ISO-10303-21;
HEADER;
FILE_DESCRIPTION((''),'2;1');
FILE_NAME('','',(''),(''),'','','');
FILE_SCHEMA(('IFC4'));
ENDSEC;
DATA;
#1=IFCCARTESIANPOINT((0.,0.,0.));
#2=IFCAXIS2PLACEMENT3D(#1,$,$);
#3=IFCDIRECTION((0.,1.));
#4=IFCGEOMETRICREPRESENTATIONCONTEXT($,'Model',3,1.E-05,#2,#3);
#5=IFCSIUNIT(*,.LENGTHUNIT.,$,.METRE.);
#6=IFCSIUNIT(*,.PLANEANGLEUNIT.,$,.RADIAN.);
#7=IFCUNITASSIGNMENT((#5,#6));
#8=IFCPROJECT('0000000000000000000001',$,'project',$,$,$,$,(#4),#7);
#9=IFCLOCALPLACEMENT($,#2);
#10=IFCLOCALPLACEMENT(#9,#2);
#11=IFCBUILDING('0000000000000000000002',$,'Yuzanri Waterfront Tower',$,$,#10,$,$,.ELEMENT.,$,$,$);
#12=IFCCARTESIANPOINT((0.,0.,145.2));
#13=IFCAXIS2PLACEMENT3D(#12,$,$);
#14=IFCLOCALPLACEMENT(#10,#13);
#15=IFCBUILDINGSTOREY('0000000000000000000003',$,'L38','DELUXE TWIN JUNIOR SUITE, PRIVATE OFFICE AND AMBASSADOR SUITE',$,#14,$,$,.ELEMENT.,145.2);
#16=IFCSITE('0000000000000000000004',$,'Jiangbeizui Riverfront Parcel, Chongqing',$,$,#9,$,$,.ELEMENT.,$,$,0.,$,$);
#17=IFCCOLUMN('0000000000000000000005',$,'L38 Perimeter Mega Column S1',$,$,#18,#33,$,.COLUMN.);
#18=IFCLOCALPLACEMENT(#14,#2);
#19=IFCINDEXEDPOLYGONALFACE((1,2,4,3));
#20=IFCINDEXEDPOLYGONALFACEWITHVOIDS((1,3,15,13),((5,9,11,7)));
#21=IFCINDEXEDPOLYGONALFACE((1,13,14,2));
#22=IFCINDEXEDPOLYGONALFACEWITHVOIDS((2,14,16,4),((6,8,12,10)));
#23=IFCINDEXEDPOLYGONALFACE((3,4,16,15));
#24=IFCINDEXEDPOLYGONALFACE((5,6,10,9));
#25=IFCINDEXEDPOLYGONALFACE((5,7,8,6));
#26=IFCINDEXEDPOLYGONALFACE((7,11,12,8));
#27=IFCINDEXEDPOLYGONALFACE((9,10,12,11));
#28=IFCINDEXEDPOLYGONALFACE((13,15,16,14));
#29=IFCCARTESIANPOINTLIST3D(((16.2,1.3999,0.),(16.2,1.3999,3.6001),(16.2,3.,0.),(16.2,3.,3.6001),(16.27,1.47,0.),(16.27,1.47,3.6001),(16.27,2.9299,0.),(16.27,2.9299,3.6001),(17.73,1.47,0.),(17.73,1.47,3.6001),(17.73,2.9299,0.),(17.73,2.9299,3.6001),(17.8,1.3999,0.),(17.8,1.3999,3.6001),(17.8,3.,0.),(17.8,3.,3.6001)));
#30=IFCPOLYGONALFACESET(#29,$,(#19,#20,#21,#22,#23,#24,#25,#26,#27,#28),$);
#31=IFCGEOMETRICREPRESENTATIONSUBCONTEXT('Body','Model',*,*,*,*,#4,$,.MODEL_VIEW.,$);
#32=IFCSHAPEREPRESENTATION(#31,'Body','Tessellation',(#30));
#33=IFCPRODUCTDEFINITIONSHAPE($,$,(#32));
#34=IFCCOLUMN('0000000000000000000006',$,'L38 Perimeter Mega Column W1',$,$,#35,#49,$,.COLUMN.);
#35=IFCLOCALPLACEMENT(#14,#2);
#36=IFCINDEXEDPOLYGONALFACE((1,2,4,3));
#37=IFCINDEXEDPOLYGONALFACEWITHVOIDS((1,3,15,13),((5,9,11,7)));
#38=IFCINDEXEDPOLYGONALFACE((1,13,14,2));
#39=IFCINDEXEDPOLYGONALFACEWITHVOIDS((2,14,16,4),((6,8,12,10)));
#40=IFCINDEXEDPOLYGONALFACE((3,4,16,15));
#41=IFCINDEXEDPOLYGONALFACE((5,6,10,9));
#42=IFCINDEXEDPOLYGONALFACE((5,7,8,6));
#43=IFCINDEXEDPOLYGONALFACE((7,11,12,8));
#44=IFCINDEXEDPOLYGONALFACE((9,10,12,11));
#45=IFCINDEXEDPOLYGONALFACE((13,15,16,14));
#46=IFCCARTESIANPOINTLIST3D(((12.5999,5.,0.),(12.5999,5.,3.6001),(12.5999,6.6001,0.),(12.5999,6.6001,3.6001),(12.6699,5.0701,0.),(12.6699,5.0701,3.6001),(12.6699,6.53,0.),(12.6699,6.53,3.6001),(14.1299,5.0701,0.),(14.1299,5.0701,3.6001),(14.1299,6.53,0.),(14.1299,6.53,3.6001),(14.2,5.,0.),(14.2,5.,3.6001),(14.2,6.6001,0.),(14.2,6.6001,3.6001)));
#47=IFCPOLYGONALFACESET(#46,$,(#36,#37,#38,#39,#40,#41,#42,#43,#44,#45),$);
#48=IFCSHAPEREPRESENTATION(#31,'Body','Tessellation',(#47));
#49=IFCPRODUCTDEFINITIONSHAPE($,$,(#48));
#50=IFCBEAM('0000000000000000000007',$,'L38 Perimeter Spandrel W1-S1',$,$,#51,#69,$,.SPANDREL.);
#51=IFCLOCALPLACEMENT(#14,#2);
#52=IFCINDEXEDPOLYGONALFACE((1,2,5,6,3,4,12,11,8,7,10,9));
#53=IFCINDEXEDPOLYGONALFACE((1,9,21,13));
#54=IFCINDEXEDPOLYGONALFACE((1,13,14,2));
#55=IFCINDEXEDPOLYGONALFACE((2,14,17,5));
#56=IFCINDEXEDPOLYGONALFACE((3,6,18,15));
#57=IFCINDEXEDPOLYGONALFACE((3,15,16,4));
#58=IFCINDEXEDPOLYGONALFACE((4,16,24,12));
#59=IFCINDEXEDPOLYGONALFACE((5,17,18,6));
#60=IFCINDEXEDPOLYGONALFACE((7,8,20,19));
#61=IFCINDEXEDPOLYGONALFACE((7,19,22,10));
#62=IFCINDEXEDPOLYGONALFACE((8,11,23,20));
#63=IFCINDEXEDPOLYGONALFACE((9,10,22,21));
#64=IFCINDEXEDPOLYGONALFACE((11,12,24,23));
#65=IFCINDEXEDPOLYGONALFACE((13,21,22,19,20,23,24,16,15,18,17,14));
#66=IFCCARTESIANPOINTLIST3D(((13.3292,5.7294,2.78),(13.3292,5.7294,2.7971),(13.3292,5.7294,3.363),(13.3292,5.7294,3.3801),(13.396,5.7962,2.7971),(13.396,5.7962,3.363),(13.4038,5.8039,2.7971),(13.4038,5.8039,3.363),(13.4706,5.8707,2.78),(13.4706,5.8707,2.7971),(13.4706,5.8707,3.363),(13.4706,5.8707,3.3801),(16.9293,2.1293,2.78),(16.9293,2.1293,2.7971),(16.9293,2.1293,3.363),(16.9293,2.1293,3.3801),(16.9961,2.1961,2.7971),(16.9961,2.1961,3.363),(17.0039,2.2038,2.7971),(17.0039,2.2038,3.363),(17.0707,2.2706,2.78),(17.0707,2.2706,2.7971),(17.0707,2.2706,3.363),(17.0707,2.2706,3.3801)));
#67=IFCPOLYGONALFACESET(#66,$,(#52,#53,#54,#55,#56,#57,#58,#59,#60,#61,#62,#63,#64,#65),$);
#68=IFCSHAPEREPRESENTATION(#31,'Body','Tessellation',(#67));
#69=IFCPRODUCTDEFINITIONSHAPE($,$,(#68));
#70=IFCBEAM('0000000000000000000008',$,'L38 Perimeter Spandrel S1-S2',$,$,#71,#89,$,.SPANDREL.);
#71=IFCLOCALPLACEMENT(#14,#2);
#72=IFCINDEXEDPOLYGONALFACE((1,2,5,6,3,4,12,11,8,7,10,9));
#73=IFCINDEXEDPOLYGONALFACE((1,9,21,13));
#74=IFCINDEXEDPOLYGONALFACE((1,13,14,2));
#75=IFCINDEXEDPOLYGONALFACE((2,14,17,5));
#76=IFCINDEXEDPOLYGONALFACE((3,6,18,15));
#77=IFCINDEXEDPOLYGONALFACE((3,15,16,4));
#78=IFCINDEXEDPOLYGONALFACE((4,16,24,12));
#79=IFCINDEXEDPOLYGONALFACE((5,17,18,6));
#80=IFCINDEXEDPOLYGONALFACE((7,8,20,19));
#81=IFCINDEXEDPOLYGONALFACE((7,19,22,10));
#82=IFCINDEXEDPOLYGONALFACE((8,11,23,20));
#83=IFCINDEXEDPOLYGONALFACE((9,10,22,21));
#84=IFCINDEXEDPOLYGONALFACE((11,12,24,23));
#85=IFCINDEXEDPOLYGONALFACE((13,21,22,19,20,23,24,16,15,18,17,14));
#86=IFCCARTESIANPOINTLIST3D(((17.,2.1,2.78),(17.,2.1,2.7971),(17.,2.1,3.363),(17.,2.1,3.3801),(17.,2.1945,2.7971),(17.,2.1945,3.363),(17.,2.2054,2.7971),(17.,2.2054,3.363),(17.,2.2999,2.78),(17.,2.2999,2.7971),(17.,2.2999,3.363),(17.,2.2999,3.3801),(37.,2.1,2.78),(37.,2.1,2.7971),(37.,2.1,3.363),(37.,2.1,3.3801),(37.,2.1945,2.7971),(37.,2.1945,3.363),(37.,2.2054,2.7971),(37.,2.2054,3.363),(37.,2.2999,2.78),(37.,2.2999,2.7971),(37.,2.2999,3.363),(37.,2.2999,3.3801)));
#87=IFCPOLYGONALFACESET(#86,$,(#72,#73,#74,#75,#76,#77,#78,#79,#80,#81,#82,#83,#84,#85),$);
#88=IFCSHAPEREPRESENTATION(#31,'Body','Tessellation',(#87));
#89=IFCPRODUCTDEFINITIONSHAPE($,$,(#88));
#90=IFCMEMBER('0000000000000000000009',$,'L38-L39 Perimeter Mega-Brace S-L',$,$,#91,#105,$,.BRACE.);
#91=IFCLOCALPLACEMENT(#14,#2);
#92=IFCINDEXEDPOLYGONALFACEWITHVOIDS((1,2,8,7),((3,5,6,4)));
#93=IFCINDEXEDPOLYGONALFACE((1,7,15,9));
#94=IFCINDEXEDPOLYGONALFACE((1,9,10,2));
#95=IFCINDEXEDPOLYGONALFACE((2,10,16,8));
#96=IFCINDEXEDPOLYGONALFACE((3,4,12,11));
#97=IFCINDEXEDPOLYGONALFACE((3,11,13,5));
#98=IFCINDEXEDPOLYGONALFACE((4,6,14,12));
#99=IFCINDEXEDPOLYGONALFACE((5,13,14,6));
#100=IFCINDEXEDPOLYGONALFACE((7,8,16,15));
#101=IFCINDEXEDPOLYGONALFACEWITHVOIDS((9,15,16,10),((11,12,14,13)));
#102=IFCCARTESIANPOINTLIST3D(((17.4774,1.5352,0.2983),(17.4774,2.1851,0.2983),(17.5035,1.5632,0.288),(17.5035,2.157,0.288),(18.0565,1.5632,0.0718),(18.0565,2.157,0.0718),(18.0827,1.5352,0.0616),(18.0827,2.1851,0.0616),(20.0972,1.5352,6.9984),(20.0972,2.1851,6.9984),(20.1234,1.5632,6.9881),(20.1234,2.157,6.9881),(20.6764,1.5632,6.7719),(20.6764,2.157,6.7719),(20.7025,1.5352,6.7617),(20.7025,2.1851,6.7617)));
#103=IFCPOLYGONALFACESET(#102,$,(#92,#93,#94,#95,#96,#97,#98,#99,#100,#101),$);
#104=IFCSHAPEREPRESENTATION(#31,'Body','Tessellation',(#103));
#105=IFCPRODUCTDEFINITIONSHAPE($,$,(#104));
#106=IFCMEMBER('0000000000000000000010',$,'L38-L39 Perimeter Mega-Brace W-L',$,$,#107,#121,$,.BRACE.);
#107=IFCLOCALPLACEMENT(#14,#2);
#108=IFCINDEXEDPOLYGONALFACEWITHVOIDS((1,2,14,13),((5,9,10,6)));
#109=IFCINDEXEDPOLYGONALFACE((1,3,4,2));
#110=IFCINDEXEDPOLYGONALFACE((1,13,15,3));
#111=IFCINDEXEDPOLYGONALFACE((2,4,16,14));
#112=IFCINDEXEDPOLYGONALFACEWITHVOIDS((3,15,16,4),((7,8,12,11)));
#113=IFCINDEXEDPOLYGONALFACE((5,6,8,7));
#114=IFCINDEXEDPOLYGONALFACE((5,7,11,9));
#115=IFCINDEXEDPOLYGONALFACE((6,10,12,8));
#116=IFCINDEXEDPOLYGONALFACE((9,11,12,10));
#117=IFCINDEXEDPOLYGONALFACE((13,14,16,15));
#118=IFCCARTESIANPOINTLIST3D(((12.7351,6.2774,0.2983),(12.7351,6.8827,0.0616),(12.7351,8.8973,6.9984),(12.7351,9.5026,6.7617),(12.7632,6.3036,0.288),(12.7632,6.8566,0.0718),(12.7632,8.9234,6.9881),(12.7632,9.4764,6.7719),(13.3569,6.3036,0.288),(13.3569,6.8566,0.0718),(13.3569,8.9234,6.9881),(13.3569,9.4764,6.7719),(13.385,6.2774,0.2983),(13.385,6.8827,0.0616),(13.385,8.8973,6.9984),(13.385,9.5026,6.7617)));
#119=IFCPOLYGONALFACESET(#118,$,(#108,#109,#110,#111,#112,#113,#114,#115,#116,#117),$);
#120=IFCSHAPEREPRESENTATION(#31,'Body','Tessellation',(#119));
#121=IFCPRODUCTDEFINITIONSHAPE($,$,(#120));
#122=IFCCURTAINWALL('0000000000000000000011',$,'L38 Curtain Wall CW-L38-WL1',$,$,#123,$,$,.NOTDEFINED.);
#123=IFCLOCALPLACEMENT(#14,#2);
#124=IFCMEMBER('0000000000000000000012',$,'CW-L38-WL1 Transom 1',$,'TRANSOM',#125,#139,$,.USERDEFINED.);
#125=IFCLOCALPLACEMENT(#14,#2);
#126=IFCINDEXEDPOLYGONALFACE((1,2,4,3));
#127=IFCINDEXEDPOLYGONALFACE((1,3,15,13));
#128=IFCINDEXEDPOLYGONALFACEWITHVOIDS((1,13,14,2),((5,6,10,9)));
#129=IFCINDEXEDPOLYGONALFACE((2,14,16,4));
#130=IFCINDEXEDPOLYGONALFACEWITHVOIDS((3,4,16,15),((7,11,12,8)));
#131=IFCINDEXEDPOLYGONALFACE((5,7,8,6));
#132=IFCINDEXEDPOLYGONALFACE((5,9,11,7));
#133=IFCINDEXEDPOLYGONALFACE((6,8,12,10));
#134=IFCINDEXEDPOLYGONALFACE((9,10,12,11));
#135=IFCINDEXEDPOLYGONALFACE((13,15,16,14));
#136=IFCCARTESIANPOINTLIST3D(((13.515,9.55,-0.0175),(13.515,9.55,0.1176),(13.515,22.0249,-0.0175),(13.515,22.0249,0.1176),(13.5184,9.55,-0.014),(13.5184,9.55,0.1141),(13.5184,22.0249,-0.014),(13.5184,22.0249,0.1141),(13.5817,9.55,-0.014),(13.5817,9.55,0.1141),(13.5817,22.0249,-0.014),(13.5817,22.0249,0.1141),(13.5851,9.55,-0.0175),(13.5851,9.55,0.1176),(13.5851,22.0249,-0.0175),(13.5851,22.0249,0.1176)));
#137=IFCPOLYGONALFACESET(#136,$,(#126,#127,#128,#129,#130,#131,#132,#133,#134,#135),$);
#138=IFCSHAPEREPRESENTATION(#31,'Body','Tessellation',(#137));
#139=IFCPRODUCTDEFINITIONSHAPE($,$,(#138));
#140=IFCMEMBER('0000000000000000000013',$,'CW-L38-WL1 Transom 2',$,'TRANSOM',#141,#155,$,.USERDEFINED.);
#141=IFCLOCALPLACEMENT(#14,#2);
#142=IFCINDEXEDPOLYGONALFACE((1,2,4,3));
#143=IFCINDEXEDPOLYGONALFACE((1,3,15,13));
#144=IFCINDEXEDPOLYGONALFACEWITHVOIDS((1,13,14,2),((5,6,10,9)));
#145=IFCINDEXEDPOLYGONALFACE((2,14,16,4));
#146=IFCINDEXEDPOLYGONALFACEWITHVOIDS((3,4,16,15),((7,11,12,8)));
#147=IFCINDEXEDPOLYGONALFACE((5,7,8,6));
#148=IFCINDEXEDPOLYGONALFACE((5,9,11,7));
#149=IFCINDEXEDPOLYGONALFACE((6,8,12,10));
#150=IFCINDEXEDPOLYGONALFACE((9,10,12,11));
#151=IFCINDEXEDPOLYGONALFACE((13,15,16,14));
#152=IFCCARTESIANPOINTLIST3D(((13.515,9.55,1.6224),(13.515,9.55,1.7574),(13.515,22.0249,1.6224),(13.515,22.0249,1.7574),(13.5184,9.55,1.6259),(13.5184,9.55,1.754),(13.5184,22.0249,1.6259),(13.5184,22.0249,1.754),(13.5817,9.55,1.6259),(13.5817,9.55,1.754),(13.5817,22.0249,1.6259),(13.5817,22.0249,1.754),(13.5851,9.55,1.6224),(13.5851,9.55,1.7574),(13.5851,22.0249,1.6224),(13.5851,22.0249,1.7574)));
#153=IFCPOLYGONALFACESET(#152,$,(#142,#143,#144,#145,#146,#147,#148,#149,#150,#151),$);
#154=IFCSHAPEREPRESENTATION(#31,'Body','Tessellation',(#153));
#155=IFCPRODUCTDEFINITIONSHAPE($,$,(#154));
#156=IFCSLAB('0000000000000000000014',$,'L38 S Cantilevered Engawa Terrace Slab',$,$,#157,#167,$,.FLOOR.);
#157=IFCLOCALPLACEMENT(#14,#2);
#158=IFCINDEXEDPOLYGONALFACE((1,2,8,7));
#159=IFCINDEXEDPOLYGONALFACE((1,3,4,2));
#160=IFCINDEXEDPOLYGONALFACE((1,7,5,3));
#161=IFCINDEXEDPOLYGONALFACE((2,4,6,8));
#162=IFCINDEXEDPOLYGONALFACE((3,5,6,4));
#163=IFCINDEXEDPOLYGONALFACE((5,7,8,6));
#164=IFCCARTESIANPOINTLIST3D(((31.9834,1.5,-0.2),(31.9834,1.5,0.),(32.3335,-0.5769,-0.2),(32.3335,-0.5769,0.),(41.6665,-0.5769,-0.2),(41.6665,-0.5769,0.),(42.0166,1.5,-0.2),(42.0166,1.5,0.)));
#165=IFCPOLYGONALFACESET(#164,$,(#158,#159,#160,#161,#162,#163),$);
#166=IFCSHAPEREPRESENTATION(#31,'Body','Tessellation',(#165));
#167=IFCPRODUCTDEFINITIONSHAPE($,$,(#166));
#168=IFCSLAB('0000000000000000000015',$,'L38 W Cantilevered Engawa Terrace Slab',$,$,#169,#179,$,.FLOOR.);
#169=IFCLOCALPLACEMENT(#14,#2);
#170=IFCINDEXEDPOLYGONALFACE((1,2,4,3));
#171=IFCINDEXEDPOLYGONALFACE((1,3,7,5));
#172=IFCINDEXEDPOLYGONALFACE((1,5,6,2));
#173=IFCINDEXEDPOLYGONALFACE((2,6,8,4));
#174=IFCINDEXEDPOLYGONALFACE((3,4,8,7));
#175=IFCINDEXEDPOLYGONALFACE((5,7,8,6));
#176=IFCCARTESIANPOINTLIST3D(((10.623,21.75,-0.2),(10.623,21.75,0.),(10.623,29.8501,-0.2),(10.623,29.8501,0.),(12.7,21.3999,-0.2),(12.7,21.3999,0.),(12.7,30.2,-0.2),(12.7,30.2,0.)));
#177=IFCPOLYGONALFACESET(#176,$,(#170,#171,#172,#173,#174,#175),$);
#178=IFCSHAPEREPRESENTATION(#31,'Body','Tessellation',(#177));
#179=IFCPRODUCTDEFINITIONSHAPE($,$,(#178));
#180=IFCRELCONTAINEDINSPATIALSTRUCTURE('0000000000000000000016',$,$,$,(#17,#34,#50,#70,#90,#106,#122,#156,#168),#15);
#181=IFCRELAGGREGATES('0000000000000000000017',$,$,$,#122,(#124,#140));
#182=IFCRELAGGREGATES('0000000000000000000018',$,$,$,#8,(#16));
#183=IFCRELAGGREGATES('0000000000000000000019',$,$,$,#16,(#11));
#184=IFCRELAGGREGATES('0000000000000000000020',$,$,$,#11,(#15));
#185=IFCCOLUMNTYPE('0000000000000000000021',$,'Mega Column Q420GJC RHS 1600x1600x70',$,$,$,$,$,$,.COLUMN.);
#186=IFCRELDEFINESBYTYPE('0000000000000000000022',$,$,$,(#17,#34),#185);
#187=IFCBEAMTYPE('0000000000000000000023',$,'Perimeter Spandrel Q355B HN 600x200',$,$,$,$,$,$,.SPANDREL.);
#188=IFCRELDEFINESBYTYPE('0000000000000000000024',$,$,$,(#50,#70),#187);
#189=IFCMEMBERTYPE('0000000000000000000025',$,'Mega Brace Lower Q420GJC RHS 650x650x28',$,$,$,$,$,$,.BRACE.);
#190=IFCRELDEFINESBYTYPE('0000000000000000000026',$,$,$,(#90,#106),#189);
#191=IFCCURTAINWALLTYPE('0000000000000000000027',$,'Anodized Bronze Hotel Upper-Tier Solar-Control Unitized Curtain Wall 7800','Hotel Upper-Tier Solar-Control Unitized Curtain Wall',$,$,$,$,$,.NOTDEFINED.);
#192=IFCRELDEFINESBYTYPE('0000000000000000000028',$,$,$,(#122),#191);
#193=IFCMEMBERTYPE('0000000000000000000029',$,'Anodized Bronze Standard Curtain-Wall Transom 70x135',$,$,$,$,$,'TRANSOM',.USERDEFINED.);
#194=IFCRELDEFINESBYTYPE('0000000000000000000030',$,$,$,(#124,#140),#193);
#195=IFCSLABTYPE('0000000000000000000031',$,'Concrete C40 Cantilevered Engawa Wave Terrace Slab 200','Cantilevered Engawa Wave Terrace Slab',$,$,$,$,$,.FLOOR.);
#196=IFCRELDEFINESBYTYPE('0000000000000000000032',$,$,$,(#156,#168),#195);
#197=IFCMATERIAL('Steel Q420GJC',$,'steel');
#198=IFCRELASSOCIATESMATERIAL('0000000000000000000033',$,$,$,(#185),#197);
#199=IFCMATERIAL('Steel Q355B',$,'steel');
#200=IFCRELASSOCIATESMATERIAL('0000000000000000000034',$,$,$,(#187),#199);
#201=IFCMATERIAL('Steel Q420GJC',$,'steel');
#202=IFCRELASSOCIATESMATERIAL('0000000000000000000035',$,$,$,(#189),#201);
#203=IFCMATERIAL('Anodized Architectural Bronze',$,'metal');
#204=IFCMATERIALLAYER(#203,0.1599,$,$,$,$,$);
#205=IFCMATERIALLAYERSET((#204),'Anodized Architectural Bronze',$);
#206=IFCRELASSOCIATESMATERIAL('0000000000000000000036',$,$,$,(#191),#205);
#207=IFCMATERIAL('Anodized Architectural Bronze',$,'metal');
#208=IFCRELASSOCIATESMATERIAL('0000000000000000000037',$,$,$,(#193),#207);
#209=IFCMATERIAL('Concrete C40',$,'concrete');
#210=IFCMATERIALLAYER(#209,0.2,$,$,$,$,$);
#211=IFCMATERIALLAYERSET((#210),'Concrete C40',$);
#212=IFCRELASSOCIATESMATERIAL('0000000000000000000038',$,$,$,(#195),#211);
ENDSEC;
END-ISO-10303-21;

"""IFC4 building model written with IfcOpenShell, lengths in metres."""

from ifc_helpers import new_model, si_unit, direction, frame, origin, origin_2d, place, context, subcontext, project, spatial, polyline, hollow_rectangle, i_section, outline, extrude, source, transform, mapped, material, layer, layer_set, material_profile, profile_set, type_object, element, aggregate, save


model = new_model("IFC4")

# Units and contexts
model_context = context("Model", 3, precision=1e-05, world=origin(), true_north=direction((0.0, 1.0)))
body_context = subcontext(model_context, "Body", "Model", "MODEL_VIEW")
ifc_project = project(units=[si_unit("LENGTHUNIT", "METRE"), si_unit("PLANEANGLEUNIT", "RADIAN")], contexts=[model_context])

# Site, building, storey
site_placement = place(None, origin())
site = spatial("IfcSite", under=ifc_project, at=site_placement, Name="Jiangbeizui Riverfront Parcel, Chongqing", CompositionType="ELEMENT", RefElevation=0.0)
building_placement = place(site_placement, origin())
building = spatial("IfcBuilding", under=site, at=building_placement, Name="Yuzanri Waterfront Tower", CompositionType="ELEMENT")
storey_placement = place(building_placement, frame((0.0, 0.0, 145.2)))
storey = spatial("IfcBuildingStorey", under=building, at=storey_placement, Name="L38", Description="DELUXE TWIN JUNIOR SUITE, PRIVATE OFFICE AND AMBASSADOR SUITE", CompositionType="ELEMENT", Elevation=145.2)

# Columns
ifc_material_1 = material(Name="Steel Q420GJC", Category="steel")
ifc_material_profile_1 = material_profile(ifc_material_1, hollow_rectangle(XDim=1.6001, YDim=1.6001, WallThickness=0.0701, at=origin_2d()), Name="RHS 1600x1600x70")
ifc_profile_set_1 = profile_set([ifc_material_profile_1], Name="Steel Q420GJC")
column_type = type_object("IfcColumnType", Name="Mega Column Q420GJC RHS 1600x1600x70", PredefinedType="COLUMN", material=ifc_profile_set_1)
shared_shape_1 = source(origin(), body_context, "Body", "SweptSolid", [
    extrude(hollow_rectangle(XDim=1.6001, YDim=1.6001, WallThickness=0.0701, at=origin_2d()), origin(), (0.0, 0.0, 1.0), 3.6001),
])
for number, where, z_axis, x_axis, name in (
    (1, (17.0, 2.2, 0.0), (0.0, 0.0, 1.0), (1.0, 0.0, 0.0), "L38 Perimeter Mega Column S1"),
    (2, (13.3999, 5.8, 0.0), (0.0, 0.0, 1.0), (1.0, 0.0, 0.0), "L38 Perimeter Mega Column W1"),
):
    element("IfcColumn", number, at=place(storey_placement, frame(where, z_axis=z_axis, x_axis=x_axis)), inside=storey, type_object=column_type, Name=name, PredefinedType="COLUMN", context=body_context, shape_type="MappedRepresentation", body=[
        mapped(shared_shape_1, transform((0.0, 0.0, 0.0), scale=1.0)),
    ])

# Beams
ifc_material_2 = material(Name="Steel Q355B", Category="steel")
ifc_material_profile_2 = material_profile(ifc_material_2, i_section(OverallWidth=0.2, OverallDepth=0.6001, WebThickness=0.011, FlangeThickness=0.0171, at=origin_2d()), Name="HN 600x200x11x17")
ifc_profile_set_2 = profile_set([ifc_material_profile_2], Name="Steel Q355B")
beam_type = type_object("IfcBeamType", Name="Perimeter Spandrel Q355B HN 600x200", PredefinedType="SPANDREL", material=ifc_profile_set_2)
shared_shape_2 = source(origin(), body_context, "Body", "SweptSolid", [
    extrude(i_section(OverallWidth=0.2, OverallDepth=0.6001, WebThickness=0.011, FlangeThickness=0.0171, at=origin_2d()), origin(), (0.0, 0.0, 1.0), 5.0913),
])
beam_1_placement = place(storey_placement, frame((13.3999, 5.8, 3.0801), z_axis=(0.707107, -0.707107, 0.0), x_axis=(0.707107, 0.707107, 0.0)))
element("IfcBeam", 3, at=beam_1_placement, inside=storey, type_object=beam_type, Name="L38 Perimeter Spandrel W1-S1", PredefinedType="SPANDREL", context=body_context, shape_type="MappedRepresentation", body=[
    mapped(shared_shape_2, transform((0.0, 0.0, 0.0), scale=1.0)),
])
shared_shape_3 = source(origin(), body_context, "Body", "SweptSolid", [
    extrude(i_section(OverallWidth=0.2, OverallDepth=0.6001, WebThickness=0.011, FlangeThickness=0.0171, at=origin_2d()), origin(), (0.0, 0.0, 1.0), 20.0),
])
beam_2_placement = place(storey_placement, frame((17.0, 2.2, 3.0801), z_axis=(1.0, 0.0, 0.0), x_axis=(0.0, 1.0, 0.0)))
element("IfcBeam", 4, at=beam_2_placement, inside=storey, type_object=beam_type, Name="L38 Perimeter Spandrel S1-S2", PredefinedType="SPANDREL", context=body_context, shape_type="MappedRepresentation", body=[
    mapped(shared_shape_3, transform((0.0, 0.0, 0.0), scale=1.0)),
])

# Members
ifc_material_3 = material(Name="Steel Q420GJC", Category="steel")
ifc_material_profile_3 = material_profile(ifc_material_3, hollow_rectangle(XDim=0.6499, YDim=0.6499, WallThickness=0.0281, at=origin_2d()), Name="RHS 650x650x28")
ifc_profile_set_3 = profile_set([ifc_material_profile_3], Name="Steel Q420GJC")
member_type_1 = type_object("IfcMemberType", Name="Mega Brace Lower Q420GJC RHS 650x650x28", PredefinedType="BRACE", material=ifc_profile_set_3)
shared_shape_4 = source(origin(), body_context, "Body", "SweptSolid", [
    extrude(hollow_rectangle(XDim=0.6499, YDim=0.6499, WallThickness=0.0281, at=origin_2d()), origin(), (0.0, 0.0, 1.0), 7.1941),
])
for number, where, z_axis, x_axis, name in (
    (5, (17.78, 1.8601, 0.1799), (0.364165, 0.0, 0.931334), (0.0, 1.0, 0.0), "L38-L39 Perimeter Mega-Brace S-L"),
    (6, (13.0601, 6.5801, 0.1799), (0.0, 0.364165, 0.931334), (-1.0, 0.0, 0.0), "L38-L39 Perimeter Mega-Brace W-L"),
):
    element("IfcMember", number, at=place(storey_placement, frame(where, z_axis=z_axis, x_axis=x_axis)), inside=storey, type_object=member_type_1, Name=name, PredefinedType="BRACE", context=body_context, shape_type="MappedRepresentation", body=[
        mapped(shared_shape_4, transform((0.0, 0.0, 0.0), scale=1.0)),
    ])

# Curtain wall, members
ifc_material_4 = material(Name="Anodized Architectural Bronze", Category="metal")
ifc_layer_1 = layer(ifc_material_4, 0.1599)
ifc_layer_set_1 = layer_set([ifc_layer_1], Name="Anodized Architectural Bronze")
curtain_wall_type = type_object("IfcCurtainWallType", Name="Anodized Bronze Hotel Upper-Tier Solar-Control Unitized Curtain Wall 7800", Description="Hotel Upper-Tier Solar-Control Unitized Curtain Wall", PredefinedType="NOTDEFINED", material=ifc_layer_set_1)
curtain_wall_placement = place(storey_placement, origin())
curtain_wall = element("IfcCurtainWall", 7, at=curtain_wall_placement, inside=storey, type_object=curtain_wall_type, Name="L38 Curtain Wall CW-L38-WL1", PredefinedType="NOTDEFINED")
ifc_material_5 = material(Name="Anodized Architectural Bronze", Category="metal")
ifc_material_profile_4 = material_profile(ifc_material_5, hollow_rectangle(XDim=0.0701, YDim=0.135, WallThickness=0.0034, at=origin_2d()), Name="CWT 70x135")
ifc_profile_set_4 = profile_set([ifc_material_profile_4], Name="Anodized Architectural Bronze")
member_type_2 = type_object("IfcMemberType", Name="Anodized Bronze Standard Curtain-Wall Transom 70x135", ElementType="TRANSOM", PredefinedType="USERDEFINED", material=ifc_profile_set_4)
shared_shape_5 = source(origin(), body_context, "Body", "SweptSolid", [
    extrude(hollow_rectangle(XDim=0.0701, YDim=0.135, WallThickness=0.0034, at=origin_2d()), origin(), (0.0, 0.0, 1.0), 12.4749),
])
member_1_placement = place(storey_placement, frame((13.55, 9.55, 0.05), z_axis=(0.0, 1.0, 0.0), x_axis=(-1.0, 0.0, 0.0)))
member_1 = element("IfcMember", 8, at=member_1_placement, type_object=member_type_2, Name="CW-L38-WL1 Transom 1", ObjectType="TRANSOM", PredefinedType="USERDEFINED", context=body_context, shape_type="MappedRepresentation", body=[
    mapped(shared_shape_5, transform((0.0, 0.0, 0.0), scale=1.0)),
])
member_2_placement = place(storey_placement, frame((13.55, 9.55, 1.6899), z_axis=(0.0, 1.0, 0.0), x_axis=(-1.0, 0.0, 0.0)))
member_2 = element("IfcMember", 9, at=member_2_placement, type_object=member_type_2, Name="CW-L38-WL1 Transom 2", ObjectType="TRANSOM", PredefinedType="USERDEFINED", context=body_context, shape_type="MappedRepresentation", body=[
    mapped(shared_shape_5, transform((0.0, 0.0, 0.0), scale=1.0)),
])
aggregate(curtain_wall, [member_1, member_2])

# Slabs
ifc_material_6 = material(Name="Concrete C40", Category="concrete")
ifc_layer_2 = layer(ifc_material_6, 0.2)
ifc_layer_set_2 = layer_set([ifc_layer_2], Name="Concrete C40")
slab_type_1 = type_object("IfcSlabType", Name="Concrete C40 Cantilevered Engawa Wave Terrace Slab 200", Description="Cantilevered Engawa Wave Terrace Slab", PredefinedType="FLOOR", material=ifc_layer_set_2)
slab_1_placement = place(storey_placement, frame((0.0, 0.0, -0.2)))
element("IfcSlab", 10, at=slab_1_placement, inside=storey, type_object=slab_type_1, Name="L38 S Cantilevered Engawa Terrace Slab", PredefinedType="FLOOR", context=body_context, shape_type="SweptSolid", body=[
    extrude(outline(polyline([(31.9834, 1.5), (42.0166, 1.5), (41.6665, -0.5769), (32.3335, -0.5769), (31.9834, 1.5)])), origin(), (0.0, 0.0, 1.0), 0.2),
])
slab_2_placement = place(storey_placement, frame((0.0, 0.0, -0.2)))
element("IfcSlab", 11, at=slab_2_placement, inside=storey, type_object=slab_type_1, Name="L38 W Cantilevered Engawa Terrace Slab", PredefinedType="FLOOR", context=body_context, shape_type="SweptSolid", body=[
    extrude(outline(polyline([(12.7, 21.3999), (10.623, 21.75), (10.623, 29.8501), (12.7, 30.2), (12.7, 21.3999)])), origin(), (0.0, 0.0, 1.0), 0.2),
])

save(model, "model.ifc")
